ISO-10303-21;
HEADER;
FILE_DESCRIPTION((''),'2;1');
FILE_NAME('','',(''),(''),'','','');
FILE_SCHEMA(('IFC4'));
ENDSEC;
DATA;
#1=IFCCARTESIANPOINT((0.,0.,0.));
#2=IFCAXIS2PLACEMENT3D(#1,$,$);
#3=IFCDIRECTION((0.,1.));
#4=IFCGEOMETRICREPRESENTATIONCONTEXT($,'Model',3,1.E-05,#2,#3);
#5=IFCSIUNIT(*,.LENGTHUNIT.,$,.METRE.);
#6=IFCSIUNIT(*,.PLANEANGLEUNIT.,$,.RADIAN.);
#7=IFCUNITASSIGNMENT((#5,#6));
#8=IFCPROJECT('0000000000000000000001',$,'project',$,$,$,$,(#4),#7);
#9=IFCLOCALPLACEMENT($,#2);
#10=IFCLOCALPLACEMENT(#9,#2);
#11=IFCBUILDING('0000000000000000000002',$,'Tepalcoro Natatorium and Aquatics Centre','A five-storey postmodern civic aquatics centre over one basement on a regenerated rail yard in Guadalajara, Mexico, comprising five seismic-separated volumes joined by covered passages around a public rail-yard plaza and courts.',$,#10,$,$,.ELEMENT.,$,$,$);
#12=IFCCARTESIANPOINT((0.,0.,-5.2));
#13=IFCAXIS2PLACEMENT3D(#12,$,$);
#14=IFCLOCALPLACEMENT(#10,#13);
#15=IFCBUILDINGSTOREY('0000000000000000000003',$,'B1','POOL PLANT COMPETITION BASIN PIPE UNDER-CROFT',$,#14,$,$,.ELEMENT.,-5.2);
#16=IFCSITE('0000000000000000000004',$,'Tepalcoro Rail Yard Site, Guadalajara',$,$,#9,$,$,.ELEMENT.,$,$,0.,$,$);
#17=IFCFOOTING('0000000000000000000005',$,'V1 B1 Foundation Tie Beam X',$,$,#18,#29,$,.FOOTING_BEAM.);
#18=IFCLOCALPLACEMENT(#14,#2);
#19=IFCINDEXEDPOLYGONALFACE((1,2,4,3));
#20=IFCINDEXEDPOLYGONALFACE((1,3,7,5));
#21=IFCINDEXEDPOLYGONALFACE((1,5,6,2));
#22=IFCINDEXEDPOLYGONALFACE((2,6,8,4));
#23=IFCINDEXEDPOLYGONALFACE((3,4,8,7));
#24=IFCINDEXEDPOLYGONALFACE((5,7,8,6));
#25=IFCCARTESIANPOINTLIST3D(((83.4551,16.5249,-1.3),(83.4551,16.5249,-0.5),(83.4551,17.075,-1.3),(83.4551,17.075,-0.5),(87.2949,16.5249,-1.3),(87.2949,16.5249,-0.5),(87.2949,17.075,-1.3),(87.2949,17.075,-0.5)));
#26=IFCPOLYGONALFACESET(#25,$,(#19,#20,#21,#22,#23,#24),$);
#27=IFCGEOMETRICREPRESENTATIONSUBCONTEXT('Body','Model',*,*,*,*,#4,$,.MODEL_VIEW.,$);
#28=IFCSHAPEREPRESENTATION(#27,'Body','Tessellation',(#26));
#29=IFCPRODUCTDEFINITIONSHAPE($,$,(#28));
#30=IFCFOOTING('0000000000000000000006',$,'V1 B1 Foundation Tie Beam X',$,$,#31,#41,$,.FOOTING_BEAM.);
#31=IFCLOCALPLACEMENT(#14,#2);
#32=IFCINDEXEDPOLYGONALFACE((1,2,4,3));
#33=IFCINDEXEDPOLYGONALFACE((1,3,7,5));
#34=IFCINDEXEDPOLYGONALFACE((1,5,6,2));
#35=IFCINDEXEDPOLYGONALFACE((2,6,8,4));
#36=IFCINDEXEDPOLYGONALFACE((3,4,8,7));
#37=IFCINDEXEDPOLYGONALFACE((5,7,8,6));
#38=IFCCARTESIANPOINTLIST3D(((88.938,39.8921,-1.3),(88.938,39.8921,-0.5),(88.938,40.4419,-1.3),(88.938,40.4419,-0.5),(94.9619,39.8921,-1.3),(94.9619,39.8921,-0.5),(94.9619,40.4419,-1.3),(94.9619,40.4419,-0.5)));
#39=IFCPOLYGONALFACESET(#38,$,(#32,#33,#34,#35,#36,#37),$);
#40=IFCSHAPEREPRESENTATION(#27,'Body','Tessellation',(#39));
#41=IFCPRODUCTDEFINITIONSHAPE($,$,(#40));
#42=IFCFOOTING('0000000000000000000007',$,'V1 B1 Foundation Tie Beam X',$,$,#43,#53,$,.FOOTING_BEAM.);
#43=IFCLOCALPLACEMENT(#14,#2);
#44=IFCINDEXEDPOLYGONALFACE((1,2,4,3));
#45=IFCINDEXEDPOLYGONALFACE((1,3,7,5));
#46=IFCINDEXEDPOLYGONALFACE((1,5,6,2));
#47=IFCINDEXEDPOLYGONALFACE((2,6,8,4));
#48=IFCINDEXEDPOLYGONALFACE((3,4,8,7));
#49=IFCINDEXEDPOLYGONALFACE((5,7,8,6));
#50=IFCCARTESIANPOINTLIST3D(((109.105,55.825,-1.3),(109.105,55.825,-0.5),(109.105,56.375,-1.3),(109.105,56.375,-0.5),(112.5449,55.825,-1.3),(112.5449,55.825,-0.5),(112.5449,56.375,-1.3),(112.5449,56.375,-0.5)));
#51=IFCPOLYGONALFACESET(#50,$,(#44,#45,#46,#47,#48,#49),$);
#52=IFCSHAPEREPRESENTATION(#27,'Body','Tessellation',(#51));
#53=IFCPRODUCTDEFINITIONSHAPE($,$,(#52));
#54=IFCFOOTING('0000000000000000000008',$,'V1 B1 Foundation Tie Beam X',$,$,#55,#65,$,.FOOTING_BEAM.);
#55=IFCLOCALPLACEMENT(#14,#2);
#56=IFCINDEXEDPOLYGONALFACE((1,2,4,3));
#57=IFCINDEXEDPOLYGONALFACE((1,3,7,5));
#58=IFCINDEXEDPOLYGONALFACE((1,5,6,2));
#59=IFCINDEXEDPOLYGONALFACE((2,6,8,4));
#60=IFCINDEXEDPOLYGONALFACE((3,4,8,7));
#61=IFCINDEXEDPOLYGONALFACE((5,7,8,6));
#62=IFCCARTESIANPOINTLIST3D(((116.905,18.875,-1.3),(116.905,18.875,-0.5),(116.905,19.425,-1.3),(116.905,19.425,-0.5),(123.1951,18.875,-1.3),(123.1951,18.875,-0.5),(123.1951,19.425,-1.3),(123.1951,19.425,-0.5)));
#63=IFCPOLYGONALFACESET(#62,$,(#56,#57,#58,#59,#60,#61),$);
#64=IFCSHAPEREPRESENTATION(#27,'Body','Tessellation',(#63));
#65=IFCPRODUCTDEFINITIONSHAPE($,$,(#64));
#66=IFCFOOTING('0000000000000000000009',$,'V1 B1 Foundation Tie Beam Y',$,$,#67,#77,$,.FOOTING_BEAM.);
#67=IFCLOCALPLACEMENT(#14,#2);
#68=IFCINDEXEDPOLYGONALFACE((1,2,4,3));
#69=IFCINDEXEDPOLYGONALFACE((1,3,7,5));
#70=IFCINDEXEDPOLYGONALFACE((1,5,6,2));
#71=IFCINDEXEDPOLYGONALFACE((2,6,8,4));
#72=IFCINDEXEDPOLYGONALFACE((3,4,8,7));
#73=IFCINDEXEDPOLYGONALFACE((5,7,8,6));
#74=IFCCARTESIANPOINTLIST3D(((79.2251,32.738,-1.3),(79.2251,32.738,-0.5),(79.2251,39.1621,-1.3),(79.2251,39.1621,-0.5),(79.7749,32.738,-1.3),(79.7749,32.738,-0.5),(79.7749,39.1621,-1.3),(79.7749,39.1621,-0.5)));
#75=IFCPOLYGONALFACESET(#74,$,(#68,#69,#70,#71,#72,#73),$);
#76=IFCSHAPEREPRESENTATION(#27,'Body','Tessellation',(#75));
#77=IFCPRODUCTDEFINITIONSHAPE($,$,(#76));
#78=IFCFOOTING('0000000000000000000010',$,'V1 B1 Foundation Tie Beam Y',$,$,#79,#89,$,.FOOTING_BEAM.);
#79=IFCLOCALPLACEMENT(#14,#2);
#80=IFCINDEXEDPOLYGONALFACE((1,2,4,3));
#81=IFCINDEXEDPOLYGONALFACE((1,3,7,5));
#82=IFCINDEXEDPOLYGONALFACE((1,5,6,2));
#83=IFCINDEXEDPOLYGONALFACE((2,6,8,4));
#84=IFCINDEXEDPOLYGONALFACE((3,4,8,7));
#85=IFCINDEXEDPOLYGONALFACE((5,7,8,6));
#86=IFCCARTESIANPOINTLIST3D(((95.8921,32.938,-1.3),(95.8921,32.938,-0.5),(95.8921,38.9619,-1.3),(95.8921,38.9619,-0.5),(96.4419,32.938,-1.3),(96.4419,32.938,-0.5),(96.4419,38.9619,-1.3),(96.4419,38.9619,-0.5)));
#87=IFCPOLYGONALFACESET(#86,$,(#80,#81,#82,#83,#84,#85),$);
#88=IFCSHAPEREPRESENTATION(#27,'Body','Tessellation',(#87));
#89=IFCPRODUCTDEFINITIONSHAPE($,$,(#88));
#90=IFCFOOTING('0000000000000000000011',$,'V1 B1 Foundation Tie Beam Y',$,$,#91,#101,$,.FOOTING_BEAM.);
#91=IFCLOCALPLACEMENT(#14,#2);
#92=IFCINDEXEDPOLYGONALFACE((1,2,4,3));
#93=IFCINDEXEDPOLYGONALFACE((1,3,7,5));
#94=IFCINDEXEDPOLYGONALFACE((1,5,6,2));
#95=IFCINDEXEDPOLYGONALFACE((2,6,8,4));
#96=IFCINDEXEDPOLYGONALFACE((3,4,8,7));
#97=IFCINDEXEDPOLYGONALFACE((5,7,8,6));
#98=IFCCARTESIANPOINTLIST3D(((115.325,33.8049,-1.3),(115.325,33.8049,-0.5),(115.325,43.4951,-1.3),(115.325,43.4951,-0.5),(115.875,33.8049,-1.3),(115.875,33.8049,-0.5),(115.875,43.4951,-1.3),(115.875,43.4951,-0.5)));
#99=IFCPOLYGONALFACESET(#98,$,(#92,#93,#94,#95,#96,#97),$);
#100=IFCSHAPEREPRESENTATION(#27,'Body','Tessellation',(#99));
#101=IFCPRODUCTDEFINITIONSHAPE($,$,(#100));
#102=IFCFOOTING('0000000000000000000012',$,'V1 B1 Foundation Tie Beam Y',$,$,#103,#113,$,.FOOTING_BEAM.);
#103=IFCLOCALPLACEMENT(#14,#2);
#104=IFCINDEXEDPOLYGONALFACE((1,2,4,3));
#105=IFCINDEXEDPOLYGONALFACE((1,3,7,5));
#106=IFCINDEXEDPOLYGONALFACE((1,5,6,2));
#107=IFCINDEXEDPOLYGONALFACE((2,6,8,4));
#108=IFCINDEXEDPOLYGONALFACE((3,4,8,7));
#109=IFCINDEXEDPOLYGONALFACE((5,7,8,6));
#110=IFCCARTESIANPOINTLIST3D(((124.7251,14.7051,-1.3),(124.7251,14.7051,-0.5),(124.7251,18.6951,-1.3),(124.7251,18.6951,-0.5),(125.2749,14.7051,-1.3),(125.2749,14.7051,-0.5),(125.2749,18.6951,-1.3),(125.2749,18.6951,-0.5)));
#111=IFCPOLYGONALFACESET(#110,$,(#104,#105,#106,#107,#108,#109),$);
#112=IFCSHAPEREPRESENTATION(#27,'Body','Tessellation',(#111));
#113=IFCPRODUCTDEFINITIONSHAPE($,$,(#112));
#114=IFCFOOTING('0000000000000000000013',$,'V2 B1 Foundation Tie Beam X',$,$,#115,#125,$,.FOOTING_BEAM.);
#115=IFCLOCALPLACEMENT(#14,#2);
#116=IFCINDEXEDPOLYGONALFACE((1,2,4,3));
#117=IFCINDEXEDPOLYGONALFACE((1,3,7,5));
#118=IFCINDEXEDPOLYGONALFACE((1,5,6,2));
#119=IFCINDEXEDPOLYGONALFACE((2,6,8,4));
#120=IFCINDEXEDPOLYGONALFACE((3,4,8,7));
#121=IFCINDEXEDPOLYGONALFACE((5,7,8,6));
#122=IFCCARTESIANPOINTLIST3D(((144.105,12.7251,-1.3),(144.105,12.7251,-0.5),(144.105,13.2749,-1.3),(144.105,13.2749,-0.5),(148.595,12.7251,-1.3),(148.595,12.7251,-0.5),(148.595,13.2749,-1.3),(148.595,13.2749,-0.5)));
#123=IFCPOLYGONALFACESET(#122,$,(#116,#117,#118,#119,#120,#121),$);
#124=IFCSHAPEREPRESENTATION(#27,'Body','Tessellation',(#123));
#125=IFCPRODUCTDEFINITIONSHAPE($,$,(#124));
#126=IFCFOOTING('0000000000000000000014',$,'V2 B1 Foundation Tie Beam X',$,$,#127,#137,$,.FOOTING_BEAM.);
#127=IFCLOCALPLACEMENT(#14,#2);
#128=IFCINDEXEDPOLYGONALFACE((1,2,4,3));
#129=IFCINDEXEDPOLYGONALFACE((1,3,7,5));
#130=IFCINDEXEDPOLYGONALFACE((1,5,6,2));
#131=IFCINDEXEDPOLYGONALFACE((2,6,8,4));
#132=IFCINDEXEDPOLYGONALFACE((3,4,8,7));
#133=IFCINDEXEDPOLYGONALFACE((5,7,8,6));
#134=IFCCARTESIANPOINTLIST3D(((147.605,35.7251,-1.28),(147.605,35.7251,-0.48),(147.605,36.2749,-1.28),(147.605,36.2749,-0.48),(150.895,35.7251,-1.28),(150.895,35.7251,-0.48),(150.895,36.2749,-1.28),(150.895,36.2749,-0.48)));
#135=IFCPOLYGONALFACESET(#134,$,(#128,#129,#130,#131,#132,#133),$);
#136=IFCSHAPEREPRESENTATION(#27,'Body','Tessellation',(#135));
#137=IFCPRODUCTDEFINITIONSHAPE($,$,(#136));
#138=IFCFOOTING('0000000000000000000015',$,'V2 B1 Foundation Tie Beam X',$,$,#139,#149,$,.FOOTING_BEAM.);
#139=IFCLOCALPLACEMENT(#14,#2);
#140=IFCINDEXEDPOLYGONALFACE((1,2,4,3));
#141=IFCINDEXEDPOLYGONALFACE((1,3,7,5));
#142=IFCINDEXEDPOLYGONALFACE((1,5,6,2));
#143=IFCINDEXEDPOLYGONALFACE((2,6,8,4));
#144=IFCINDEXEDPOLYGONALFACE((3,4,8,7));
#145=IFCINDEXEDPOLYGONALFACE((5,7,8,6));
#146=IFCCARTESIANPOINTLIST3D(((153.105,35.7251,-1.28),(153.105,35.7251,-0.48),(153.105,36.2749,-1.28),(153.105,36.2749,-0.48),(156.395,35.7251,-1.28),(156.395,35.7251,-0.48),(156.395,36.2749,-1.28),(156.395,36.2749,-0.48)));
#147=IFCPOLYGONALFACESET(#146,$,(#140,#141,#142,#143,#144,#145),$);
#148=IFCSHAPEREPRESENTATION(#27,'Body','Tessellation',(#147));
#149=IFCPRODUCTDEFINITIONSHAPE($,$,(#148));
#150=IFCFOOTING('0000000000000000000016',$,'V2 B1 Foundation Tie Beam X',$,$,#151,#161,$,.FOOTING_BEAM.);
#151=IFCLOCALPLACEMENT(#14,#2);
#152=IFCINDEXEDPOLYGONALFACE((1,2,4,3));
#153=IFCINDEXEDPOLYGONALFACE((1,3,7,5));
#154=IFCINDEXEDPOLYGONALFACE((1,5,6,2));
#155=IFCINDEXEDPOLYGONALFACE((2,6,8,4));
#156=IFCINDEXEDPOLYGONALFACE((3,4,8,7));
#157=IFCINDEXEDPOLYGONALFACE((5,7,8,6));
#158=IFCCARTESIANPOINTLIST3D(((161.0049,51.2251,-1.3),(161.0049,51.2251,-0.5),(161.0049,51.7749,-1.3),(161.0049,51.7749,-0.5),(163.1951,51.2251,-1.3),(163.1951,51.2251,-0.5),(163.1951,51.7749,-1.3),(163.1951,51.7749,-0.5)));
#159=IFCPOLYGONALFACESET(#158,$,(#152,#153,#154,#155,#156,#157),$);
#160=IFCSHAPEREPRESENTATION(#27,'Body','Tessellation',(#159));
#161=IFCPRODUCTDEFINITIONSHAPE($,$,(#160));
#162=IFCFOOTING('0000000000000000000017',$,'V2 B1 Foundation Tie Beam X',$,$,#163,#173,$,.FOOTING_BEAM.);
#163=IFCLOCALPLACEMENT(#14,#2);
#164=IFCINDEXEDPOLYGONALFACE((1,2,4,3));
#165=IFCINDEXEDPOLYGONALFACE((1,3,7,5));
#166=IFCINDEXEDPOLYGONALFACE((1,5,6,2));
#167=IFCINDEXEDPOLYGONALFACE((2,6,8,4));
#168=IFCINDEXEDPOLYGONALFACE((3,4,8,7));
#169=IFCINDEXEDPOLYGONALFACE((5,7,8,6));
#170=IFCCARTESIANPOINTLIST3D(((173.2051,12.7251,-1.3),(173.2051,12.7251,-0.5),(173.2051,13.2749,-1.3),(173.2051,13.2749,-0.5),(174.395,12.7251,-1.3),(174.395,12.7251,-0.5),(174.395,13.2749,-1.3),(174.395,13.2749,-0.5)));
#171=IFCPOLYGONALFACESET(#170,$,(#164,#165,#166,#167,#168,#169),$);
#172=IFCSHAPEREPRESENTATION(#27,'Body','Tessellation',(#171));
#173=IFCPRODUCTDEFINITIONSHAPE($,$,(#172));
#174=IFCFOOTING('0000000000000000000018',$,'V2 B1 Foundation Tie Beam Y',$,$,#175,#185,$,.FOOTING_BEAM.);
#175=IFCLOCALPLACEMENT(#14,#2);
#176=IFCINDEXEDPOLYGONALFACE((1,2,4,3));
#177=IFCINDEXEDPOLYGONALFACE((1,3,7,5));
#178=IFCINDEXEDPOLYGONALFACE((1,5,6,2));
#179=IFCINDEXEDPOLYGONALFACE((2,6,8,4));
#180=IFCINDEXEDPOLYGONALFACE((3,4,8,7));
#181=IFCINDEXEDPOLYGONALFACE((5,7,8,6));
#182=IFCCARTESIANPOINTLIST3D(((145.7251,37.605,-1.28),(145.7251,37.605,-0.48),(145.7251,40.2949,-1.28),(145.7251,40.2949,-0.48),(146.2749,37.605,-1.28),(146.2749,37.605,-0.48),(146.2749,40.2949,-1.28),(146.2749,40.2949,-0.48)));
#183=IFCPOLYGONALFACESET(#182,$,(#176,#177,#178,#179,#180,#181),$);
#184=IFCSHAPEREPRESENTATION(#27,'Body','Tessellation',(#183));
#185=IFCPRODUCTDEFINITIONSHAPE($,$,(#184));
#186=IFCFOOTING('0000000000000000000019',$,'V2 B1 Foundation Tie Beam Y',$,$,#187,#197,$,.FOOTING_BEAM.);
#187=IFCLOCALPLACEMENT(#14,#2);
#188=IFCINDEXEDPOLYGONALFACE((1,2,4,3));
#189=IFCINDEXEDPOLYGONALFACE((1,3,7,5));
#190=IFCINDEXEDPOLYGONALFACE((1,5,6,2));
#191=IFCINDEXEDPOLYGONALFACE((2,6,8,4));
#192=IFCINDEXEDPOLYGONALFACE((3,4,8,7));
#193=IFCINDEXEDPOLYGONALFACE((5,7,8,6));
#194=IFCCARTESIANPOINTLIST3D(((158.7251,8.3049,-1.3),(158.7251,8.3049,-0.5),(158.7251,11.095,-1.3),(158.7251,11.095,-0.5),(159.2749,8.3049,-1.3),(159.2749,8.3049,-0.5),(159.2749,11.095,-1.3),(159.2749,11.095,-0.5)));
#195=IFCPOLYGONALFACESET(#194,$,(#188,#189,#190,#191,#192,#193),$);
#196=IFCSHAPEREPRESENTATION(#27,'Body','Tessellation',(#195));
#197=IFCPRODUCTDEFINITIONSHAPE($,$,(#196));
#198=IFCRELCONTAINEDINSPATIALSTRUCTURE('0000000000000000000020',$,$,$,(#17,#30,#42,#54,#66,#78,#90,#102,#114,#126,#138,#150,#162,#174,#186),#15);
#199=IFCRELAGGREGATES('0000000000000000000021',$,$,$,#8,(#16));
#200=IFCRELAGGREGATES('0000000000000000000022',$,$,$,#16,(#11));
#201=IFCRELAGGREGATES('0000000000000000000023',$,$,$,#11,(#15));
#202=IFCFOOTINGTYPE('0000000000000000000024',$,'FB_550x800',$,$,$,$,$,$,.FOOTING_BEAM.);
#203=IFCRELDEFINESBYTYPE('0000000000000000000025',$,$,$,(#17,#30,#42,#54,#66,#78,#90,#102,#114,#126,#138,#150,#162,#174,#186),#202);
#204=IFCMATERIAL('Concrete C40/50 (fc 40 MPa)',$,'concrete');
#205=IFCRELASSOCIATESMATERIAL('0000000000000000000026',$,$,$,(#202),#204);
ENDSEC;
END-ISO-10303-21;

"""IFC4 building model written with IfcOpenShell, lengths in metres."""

from ifc_helpers import new_model, si_unit, direction, frame, origin, place, context, subcontext, project, spatial, polyline, outline, extrude, material, type_object, element, save


model = new_model("IFC4")

# Units and contexts
model_context = context("Model", 3, precision=1e-05, world=origin(), true_north=direction((0.0, 1.0)))
body_context = subcontext(model_context, "Body", "Model", "MODEL_VIEW")
ifc_project = project(units=[si_unit("LENGTHUNIT", "METRE"), si_unit("PLANEANGLEUNIT", "RADIAN")], contexts=[model_context])

# Site, building, storey
site_placement = place(None, origin())
site = spatial("IfcSite", under=ifc_project, at=site_placement, Name="Tepalcoro Rail Yard Site, Guadalajara", CompositionType="ELEMENT", RefElevation=0.0)
building_placement = place(site_placement, origin())
building = spatial("IfcBuilding", under=site, at=building_placement, Name="Tepalcoro Natatorium and Aquatics Centre", Description="A five-storey postmodern civic aquatics centre over one basement on a regenerated rail yard in Guadalajara, Mexico, comprising five seismic-separated volumes joined by covered passages around a public rail-yard plaza and courts.", CompositionType="ELEMENT")
storey_placement = place(building_placement, frame((0.0, 0.0, -5.2)))
storey = spatial("IfcBuildingStorey", under=building, at=storey_placement, Name="B1", Description="POOL PLANT COMPETITION BASIN PIPE UNDER-CROFT", CompositionType="ELEMENT", Elevation=-5.2)

# Footings
ifc_material = material(Name="Concrete C40/50 (fc 40 MPa)", Category="concrete")
footing_type_1 = type_object("IfcFootingType", Name="FB_550x800", PredefinedType="FOOTING_BEAM", material=ifc_material)
footing_1_placement = place(storey_placement, frame((0.0, 0.0, -1.3)))
element("IfcFooting", 1, at=footing_1_placement, inside=storey, type_object=footing_type_1, Name="V1 B1 Foundation Tie Beam X", PredefinedType="FOOTING_BEAM", context=body_context, shape_type="SweptSolid", body=[
    extrude(outline(polyline([(83.4551, 16.5249), (87.2949, 16.5249), (87.2949, 17.075), (83.4551, 17.075), (83.4551, 16.5249)])), origin(), (0.0, 0.0, 1.0), 0.8),
])
footing_2_placement = place(storey_placement, frame((0.0, 0.0, -1.3)))
element("IfcFooting", 2, at=footing_2_placement, inside=storey, type_object=footing_type_1, Name="V1 B1 Foundation Tie Beam X", PredefinedType="FOOTING_BEAM", context=body_context, shape_type="SweptSolid", body=[
    extrude(outline(polyline([(88.938, 39.8921), (94.9619, 39.8921), (94.9619, 40.4419), (88.938, 40.4419), (88.938, 39.8921)])), origin(), (0.0, 0.0, 1.0), 0.8),
])
footing_3_placement = place(storey_placement, frame((0.0, 0.0, -1.3)))
element("IfcFooting", 3, at=footing_3_placement, inside=storey, type_object=footing_type_1, Name="V1 B1 Foundation Tie Beam X", PredefinedType="FOOTING_BEAM", context=body_context, shape_type="SweptSolid", body=[
    extrude(outline(polyline([(109.105, 55.825), (112.5449, 55.825), (112.5449, 56.375), (109.105, 56.375), (109.105, 55.825)])), origin(), (0.0, 0.0, 1.0), 0.8),
])
footing_4_placement = place(storey_placement, frame((0.0, 0.0, -1.3)))
element("IfcFooting", 4, at=footing_4_placement, inside=storey, type_object=footing_type_1, Name="V1 B1 Foundation Tie Beam X", PredefinedType="FOOTING_BEAM", context=body_context, shape_type="SweptSolid", body=[
    extrude(outline(polyline([(116.905, 18.875), (123.1951, 18.875), (123.1951, 19.425), (116.905, 19.425), (116.905, 18.875)])), origin(), (0.0, 0.0, 1.0), 0.8),
])
footing_5_placement = place(storey_placement, frame((0.0, 0.0, -1.3)))
element("IfcFooting", 5, at=footing_5_placement, inside=storey, type_object=footing_type_1, Name="V1 B1 Foundation Tie Beam Y", PredefinedType="FOOTING_BEAM", context=body_context, shape_type="SweptSolid", body=[
    extrude(outline(polyline([(79.7749, 32.738), (79.7749, 39.1621), (79.2251, 39.1621), (79.2251, 32.738), (79.7749, 32.738)])), origin(), (0.0, 0.0, 1.0), 0.8),
])
footing_6_placement = place(storey_placement, frame((0.0, 0.0, -1.3)))
element("IfcFooting", 6, at=footing_6_placement, inside=storey, type_object=footing_type_1, Name="V1 B1 Foundation Tie Beam Y", PredefinedType="FOOTING_BEAM", context=body_context, shape_type="SweptSolid", body=[
    extrude(outline(polyline([(96.4419, 32.938), (96.4419, 38.9619), (95.8921, 38.9619), (95.8921, 32.938), (96.4419, 32.938)])), origin(), (0.0, 0.0, 1.0), 0.8),
])
footing_7_placement = place(storey_placement, frame((0.0, 0.0, -1.3)))
element("IfcFooting", 7, at=footing_7_placement, inside=storey, type_object=footing_type_1, Name="V1 B1 Foundation Tie Beam Y", PredefinedType="FOOTING_BEAM", context=body_context, shape_type="SweptSolid", body=[
    extrude(outline(polyline([(115.875, 33.8049), (115.875, 43.4951), (115.325, 43.4951), (115.325, 33.8049), (115.875, 33.8049)])), origin(), (0.0, 0.0, 1.0), 0.8),
])
footing_8_placement = place(storey_placement, frame((0.0, 0.0, -1.3)))
element("IfcFooting", 8, at=footing_8_placement, inside=storey, type_object=footing_type_1, Name="V1 B1 Foundation Tie Beam Y", PredefinedType="FOOTING_BEAM", context=body_context, shape_type="SweptSolid", body=[
    extrude(outline(polyline([(125.2749, 14.7051), (125.2749, 18.6951), (124.7251, 18.6951), (124.7251, 14.7051), (125.2749, 14.7051)])), origin(), (0.0, 0.0, 1.0), 0.8),
])
footing_9_placement = place(storey_placement, frame((0.0, 0.0, -1.3)))
element("IfcFooting", 9, at=footing_9_placement, inside=storey, type_object=footing_type_1, Name="V2 B1 Foundation Tie Beam X", PredefinedType="FOOTING_BEAM", context=body_context, shape_type="SweptSolid", body=[
    extrude(outline(polyline([(144.105, 12.7251), (148.595, 12.7251), (148.595, 13.2749), (144.105, 13.2749), (144.105, 12.7251)])), origin(), (0.0, 0.0, 1.0), 0.8),
])
footing_10_placement = place(storey_placement, frame((0.0, 0.0, -1.28)))
element("IfcFooting", 10, at=footing_10_placement, inside=storey, type_object=footing_type_1, Name="V2 B1 Foundation Tie Beam X", PredefinedType="FOOTING_BEAM", context=body_context, shape_type="SweptSolid", body=[
    extrude(outline(polyline([(147.605, 35.7251), (150.895, 35.7251), (150.895, 36.2749), (147.605, 36.2749), (147.605, 35.7251)])), origin(), (0.0, 0.0, 1.0), 0.8),
])
footing_11_placement = place(storey_placement, frame((0.0, 0.0, -1.28)))
element("IfcFooting", 11, at=footing_11_placement, inside=storey, type_object=footing_type_1, Name="V2 B1 Foundation Tie Beam X", PredefinedType="FOOTING_BEAM", context=body_context, shape_type="SweptSolid", body=[
    extrude(outline(polyline([(153.105, 35.7251), (156.395, 35.7251), (156.395, 36.2749), (153.105, 36.2749), (153.105, 35.7251)])), origin(), (0.0, 0.0, 1.0), 0.8),
])
footing_12_placement = place(storey_placement, frame((0.0, 0.0, -1.3)))
element("IfcFooting", 12, at=footing_12_placement, inside=storey, type_object=footing_type_1, Name="V2 B1 Foundation Tie Beam X", PredefinedType="FOOTING_BEAM", context=body_context, shape_type="SweptSolid", body=[
    extrude(outline(polyline([(161.0049, 51.2251), (163.1951, 51.2251), (163.1951, 51.7749), (161.0049, 51.7749), (161.0049, 51.2251)])), origin(), (0.0, 0.0, 1.0), 0.8),
])
footing_13_placement = place(storey_placement, frame((0.0, 0.0, -1.3)))
element("IfcFooting", 13, at=footing_13_placement, inside=storey, type_object=footing_type_1, Name="V2 B1 Foundation Tie Beam X", PredefinedType="FOOTING_BEAM", context=body_context, shape_type="SweptSolid", body=[
    extrude(outline(polyline([(173.2051, 12.7251), (174.395, 12.7251), (174.395, 13.2749), (173.2051, 13.2749), (173.2051, 12.7251)])), origin(), (0.0, 0.0, 1.0), 0.8),
])
footing_14_placement = place(storey_placement, frame((0.0, 0.0, -1.28)))
element("IfcFooting", 14, at=footing_14_placement, inside=storey, type_object=footing_type_1, Name="V2 B1 Foundation Tie Beam Y", PredefinedType="FOOTING_BEAM", context=body_context, shape_type="SweptSolid", body=[
    extrude(outline(polyline([(146.2749, 37.605), (146.2749, 40.2949), (145.7251, 40.2949), (145.7251, 37.605), (146.2749, 37.605)])), origin(), (0.0, 0.0, 1.0), 0.8),
])
footing_15_placement = place(storey_placement, frame((0.0, 0.0, -1.3)))
element("IfcFooting", 15, at=footing_15_placement, inside=storey, type_object=footing_type_1, Name="V2 B1 Foundation Tie Beam Y", PredefinedType="FOOTING_BEAM", context=body_context, shape_type="SweptSolid", body=[
    extrude(outline(polyline([(159.2749, 8.3049), (159.2749, 11.095), (158.7251, 11.095), (158.7251, 8.3049), (159.2749, 8.3049)])), origin(), (0.0, 0.0, 1.0), 0.8),
])

save(model, "model.ifc")
